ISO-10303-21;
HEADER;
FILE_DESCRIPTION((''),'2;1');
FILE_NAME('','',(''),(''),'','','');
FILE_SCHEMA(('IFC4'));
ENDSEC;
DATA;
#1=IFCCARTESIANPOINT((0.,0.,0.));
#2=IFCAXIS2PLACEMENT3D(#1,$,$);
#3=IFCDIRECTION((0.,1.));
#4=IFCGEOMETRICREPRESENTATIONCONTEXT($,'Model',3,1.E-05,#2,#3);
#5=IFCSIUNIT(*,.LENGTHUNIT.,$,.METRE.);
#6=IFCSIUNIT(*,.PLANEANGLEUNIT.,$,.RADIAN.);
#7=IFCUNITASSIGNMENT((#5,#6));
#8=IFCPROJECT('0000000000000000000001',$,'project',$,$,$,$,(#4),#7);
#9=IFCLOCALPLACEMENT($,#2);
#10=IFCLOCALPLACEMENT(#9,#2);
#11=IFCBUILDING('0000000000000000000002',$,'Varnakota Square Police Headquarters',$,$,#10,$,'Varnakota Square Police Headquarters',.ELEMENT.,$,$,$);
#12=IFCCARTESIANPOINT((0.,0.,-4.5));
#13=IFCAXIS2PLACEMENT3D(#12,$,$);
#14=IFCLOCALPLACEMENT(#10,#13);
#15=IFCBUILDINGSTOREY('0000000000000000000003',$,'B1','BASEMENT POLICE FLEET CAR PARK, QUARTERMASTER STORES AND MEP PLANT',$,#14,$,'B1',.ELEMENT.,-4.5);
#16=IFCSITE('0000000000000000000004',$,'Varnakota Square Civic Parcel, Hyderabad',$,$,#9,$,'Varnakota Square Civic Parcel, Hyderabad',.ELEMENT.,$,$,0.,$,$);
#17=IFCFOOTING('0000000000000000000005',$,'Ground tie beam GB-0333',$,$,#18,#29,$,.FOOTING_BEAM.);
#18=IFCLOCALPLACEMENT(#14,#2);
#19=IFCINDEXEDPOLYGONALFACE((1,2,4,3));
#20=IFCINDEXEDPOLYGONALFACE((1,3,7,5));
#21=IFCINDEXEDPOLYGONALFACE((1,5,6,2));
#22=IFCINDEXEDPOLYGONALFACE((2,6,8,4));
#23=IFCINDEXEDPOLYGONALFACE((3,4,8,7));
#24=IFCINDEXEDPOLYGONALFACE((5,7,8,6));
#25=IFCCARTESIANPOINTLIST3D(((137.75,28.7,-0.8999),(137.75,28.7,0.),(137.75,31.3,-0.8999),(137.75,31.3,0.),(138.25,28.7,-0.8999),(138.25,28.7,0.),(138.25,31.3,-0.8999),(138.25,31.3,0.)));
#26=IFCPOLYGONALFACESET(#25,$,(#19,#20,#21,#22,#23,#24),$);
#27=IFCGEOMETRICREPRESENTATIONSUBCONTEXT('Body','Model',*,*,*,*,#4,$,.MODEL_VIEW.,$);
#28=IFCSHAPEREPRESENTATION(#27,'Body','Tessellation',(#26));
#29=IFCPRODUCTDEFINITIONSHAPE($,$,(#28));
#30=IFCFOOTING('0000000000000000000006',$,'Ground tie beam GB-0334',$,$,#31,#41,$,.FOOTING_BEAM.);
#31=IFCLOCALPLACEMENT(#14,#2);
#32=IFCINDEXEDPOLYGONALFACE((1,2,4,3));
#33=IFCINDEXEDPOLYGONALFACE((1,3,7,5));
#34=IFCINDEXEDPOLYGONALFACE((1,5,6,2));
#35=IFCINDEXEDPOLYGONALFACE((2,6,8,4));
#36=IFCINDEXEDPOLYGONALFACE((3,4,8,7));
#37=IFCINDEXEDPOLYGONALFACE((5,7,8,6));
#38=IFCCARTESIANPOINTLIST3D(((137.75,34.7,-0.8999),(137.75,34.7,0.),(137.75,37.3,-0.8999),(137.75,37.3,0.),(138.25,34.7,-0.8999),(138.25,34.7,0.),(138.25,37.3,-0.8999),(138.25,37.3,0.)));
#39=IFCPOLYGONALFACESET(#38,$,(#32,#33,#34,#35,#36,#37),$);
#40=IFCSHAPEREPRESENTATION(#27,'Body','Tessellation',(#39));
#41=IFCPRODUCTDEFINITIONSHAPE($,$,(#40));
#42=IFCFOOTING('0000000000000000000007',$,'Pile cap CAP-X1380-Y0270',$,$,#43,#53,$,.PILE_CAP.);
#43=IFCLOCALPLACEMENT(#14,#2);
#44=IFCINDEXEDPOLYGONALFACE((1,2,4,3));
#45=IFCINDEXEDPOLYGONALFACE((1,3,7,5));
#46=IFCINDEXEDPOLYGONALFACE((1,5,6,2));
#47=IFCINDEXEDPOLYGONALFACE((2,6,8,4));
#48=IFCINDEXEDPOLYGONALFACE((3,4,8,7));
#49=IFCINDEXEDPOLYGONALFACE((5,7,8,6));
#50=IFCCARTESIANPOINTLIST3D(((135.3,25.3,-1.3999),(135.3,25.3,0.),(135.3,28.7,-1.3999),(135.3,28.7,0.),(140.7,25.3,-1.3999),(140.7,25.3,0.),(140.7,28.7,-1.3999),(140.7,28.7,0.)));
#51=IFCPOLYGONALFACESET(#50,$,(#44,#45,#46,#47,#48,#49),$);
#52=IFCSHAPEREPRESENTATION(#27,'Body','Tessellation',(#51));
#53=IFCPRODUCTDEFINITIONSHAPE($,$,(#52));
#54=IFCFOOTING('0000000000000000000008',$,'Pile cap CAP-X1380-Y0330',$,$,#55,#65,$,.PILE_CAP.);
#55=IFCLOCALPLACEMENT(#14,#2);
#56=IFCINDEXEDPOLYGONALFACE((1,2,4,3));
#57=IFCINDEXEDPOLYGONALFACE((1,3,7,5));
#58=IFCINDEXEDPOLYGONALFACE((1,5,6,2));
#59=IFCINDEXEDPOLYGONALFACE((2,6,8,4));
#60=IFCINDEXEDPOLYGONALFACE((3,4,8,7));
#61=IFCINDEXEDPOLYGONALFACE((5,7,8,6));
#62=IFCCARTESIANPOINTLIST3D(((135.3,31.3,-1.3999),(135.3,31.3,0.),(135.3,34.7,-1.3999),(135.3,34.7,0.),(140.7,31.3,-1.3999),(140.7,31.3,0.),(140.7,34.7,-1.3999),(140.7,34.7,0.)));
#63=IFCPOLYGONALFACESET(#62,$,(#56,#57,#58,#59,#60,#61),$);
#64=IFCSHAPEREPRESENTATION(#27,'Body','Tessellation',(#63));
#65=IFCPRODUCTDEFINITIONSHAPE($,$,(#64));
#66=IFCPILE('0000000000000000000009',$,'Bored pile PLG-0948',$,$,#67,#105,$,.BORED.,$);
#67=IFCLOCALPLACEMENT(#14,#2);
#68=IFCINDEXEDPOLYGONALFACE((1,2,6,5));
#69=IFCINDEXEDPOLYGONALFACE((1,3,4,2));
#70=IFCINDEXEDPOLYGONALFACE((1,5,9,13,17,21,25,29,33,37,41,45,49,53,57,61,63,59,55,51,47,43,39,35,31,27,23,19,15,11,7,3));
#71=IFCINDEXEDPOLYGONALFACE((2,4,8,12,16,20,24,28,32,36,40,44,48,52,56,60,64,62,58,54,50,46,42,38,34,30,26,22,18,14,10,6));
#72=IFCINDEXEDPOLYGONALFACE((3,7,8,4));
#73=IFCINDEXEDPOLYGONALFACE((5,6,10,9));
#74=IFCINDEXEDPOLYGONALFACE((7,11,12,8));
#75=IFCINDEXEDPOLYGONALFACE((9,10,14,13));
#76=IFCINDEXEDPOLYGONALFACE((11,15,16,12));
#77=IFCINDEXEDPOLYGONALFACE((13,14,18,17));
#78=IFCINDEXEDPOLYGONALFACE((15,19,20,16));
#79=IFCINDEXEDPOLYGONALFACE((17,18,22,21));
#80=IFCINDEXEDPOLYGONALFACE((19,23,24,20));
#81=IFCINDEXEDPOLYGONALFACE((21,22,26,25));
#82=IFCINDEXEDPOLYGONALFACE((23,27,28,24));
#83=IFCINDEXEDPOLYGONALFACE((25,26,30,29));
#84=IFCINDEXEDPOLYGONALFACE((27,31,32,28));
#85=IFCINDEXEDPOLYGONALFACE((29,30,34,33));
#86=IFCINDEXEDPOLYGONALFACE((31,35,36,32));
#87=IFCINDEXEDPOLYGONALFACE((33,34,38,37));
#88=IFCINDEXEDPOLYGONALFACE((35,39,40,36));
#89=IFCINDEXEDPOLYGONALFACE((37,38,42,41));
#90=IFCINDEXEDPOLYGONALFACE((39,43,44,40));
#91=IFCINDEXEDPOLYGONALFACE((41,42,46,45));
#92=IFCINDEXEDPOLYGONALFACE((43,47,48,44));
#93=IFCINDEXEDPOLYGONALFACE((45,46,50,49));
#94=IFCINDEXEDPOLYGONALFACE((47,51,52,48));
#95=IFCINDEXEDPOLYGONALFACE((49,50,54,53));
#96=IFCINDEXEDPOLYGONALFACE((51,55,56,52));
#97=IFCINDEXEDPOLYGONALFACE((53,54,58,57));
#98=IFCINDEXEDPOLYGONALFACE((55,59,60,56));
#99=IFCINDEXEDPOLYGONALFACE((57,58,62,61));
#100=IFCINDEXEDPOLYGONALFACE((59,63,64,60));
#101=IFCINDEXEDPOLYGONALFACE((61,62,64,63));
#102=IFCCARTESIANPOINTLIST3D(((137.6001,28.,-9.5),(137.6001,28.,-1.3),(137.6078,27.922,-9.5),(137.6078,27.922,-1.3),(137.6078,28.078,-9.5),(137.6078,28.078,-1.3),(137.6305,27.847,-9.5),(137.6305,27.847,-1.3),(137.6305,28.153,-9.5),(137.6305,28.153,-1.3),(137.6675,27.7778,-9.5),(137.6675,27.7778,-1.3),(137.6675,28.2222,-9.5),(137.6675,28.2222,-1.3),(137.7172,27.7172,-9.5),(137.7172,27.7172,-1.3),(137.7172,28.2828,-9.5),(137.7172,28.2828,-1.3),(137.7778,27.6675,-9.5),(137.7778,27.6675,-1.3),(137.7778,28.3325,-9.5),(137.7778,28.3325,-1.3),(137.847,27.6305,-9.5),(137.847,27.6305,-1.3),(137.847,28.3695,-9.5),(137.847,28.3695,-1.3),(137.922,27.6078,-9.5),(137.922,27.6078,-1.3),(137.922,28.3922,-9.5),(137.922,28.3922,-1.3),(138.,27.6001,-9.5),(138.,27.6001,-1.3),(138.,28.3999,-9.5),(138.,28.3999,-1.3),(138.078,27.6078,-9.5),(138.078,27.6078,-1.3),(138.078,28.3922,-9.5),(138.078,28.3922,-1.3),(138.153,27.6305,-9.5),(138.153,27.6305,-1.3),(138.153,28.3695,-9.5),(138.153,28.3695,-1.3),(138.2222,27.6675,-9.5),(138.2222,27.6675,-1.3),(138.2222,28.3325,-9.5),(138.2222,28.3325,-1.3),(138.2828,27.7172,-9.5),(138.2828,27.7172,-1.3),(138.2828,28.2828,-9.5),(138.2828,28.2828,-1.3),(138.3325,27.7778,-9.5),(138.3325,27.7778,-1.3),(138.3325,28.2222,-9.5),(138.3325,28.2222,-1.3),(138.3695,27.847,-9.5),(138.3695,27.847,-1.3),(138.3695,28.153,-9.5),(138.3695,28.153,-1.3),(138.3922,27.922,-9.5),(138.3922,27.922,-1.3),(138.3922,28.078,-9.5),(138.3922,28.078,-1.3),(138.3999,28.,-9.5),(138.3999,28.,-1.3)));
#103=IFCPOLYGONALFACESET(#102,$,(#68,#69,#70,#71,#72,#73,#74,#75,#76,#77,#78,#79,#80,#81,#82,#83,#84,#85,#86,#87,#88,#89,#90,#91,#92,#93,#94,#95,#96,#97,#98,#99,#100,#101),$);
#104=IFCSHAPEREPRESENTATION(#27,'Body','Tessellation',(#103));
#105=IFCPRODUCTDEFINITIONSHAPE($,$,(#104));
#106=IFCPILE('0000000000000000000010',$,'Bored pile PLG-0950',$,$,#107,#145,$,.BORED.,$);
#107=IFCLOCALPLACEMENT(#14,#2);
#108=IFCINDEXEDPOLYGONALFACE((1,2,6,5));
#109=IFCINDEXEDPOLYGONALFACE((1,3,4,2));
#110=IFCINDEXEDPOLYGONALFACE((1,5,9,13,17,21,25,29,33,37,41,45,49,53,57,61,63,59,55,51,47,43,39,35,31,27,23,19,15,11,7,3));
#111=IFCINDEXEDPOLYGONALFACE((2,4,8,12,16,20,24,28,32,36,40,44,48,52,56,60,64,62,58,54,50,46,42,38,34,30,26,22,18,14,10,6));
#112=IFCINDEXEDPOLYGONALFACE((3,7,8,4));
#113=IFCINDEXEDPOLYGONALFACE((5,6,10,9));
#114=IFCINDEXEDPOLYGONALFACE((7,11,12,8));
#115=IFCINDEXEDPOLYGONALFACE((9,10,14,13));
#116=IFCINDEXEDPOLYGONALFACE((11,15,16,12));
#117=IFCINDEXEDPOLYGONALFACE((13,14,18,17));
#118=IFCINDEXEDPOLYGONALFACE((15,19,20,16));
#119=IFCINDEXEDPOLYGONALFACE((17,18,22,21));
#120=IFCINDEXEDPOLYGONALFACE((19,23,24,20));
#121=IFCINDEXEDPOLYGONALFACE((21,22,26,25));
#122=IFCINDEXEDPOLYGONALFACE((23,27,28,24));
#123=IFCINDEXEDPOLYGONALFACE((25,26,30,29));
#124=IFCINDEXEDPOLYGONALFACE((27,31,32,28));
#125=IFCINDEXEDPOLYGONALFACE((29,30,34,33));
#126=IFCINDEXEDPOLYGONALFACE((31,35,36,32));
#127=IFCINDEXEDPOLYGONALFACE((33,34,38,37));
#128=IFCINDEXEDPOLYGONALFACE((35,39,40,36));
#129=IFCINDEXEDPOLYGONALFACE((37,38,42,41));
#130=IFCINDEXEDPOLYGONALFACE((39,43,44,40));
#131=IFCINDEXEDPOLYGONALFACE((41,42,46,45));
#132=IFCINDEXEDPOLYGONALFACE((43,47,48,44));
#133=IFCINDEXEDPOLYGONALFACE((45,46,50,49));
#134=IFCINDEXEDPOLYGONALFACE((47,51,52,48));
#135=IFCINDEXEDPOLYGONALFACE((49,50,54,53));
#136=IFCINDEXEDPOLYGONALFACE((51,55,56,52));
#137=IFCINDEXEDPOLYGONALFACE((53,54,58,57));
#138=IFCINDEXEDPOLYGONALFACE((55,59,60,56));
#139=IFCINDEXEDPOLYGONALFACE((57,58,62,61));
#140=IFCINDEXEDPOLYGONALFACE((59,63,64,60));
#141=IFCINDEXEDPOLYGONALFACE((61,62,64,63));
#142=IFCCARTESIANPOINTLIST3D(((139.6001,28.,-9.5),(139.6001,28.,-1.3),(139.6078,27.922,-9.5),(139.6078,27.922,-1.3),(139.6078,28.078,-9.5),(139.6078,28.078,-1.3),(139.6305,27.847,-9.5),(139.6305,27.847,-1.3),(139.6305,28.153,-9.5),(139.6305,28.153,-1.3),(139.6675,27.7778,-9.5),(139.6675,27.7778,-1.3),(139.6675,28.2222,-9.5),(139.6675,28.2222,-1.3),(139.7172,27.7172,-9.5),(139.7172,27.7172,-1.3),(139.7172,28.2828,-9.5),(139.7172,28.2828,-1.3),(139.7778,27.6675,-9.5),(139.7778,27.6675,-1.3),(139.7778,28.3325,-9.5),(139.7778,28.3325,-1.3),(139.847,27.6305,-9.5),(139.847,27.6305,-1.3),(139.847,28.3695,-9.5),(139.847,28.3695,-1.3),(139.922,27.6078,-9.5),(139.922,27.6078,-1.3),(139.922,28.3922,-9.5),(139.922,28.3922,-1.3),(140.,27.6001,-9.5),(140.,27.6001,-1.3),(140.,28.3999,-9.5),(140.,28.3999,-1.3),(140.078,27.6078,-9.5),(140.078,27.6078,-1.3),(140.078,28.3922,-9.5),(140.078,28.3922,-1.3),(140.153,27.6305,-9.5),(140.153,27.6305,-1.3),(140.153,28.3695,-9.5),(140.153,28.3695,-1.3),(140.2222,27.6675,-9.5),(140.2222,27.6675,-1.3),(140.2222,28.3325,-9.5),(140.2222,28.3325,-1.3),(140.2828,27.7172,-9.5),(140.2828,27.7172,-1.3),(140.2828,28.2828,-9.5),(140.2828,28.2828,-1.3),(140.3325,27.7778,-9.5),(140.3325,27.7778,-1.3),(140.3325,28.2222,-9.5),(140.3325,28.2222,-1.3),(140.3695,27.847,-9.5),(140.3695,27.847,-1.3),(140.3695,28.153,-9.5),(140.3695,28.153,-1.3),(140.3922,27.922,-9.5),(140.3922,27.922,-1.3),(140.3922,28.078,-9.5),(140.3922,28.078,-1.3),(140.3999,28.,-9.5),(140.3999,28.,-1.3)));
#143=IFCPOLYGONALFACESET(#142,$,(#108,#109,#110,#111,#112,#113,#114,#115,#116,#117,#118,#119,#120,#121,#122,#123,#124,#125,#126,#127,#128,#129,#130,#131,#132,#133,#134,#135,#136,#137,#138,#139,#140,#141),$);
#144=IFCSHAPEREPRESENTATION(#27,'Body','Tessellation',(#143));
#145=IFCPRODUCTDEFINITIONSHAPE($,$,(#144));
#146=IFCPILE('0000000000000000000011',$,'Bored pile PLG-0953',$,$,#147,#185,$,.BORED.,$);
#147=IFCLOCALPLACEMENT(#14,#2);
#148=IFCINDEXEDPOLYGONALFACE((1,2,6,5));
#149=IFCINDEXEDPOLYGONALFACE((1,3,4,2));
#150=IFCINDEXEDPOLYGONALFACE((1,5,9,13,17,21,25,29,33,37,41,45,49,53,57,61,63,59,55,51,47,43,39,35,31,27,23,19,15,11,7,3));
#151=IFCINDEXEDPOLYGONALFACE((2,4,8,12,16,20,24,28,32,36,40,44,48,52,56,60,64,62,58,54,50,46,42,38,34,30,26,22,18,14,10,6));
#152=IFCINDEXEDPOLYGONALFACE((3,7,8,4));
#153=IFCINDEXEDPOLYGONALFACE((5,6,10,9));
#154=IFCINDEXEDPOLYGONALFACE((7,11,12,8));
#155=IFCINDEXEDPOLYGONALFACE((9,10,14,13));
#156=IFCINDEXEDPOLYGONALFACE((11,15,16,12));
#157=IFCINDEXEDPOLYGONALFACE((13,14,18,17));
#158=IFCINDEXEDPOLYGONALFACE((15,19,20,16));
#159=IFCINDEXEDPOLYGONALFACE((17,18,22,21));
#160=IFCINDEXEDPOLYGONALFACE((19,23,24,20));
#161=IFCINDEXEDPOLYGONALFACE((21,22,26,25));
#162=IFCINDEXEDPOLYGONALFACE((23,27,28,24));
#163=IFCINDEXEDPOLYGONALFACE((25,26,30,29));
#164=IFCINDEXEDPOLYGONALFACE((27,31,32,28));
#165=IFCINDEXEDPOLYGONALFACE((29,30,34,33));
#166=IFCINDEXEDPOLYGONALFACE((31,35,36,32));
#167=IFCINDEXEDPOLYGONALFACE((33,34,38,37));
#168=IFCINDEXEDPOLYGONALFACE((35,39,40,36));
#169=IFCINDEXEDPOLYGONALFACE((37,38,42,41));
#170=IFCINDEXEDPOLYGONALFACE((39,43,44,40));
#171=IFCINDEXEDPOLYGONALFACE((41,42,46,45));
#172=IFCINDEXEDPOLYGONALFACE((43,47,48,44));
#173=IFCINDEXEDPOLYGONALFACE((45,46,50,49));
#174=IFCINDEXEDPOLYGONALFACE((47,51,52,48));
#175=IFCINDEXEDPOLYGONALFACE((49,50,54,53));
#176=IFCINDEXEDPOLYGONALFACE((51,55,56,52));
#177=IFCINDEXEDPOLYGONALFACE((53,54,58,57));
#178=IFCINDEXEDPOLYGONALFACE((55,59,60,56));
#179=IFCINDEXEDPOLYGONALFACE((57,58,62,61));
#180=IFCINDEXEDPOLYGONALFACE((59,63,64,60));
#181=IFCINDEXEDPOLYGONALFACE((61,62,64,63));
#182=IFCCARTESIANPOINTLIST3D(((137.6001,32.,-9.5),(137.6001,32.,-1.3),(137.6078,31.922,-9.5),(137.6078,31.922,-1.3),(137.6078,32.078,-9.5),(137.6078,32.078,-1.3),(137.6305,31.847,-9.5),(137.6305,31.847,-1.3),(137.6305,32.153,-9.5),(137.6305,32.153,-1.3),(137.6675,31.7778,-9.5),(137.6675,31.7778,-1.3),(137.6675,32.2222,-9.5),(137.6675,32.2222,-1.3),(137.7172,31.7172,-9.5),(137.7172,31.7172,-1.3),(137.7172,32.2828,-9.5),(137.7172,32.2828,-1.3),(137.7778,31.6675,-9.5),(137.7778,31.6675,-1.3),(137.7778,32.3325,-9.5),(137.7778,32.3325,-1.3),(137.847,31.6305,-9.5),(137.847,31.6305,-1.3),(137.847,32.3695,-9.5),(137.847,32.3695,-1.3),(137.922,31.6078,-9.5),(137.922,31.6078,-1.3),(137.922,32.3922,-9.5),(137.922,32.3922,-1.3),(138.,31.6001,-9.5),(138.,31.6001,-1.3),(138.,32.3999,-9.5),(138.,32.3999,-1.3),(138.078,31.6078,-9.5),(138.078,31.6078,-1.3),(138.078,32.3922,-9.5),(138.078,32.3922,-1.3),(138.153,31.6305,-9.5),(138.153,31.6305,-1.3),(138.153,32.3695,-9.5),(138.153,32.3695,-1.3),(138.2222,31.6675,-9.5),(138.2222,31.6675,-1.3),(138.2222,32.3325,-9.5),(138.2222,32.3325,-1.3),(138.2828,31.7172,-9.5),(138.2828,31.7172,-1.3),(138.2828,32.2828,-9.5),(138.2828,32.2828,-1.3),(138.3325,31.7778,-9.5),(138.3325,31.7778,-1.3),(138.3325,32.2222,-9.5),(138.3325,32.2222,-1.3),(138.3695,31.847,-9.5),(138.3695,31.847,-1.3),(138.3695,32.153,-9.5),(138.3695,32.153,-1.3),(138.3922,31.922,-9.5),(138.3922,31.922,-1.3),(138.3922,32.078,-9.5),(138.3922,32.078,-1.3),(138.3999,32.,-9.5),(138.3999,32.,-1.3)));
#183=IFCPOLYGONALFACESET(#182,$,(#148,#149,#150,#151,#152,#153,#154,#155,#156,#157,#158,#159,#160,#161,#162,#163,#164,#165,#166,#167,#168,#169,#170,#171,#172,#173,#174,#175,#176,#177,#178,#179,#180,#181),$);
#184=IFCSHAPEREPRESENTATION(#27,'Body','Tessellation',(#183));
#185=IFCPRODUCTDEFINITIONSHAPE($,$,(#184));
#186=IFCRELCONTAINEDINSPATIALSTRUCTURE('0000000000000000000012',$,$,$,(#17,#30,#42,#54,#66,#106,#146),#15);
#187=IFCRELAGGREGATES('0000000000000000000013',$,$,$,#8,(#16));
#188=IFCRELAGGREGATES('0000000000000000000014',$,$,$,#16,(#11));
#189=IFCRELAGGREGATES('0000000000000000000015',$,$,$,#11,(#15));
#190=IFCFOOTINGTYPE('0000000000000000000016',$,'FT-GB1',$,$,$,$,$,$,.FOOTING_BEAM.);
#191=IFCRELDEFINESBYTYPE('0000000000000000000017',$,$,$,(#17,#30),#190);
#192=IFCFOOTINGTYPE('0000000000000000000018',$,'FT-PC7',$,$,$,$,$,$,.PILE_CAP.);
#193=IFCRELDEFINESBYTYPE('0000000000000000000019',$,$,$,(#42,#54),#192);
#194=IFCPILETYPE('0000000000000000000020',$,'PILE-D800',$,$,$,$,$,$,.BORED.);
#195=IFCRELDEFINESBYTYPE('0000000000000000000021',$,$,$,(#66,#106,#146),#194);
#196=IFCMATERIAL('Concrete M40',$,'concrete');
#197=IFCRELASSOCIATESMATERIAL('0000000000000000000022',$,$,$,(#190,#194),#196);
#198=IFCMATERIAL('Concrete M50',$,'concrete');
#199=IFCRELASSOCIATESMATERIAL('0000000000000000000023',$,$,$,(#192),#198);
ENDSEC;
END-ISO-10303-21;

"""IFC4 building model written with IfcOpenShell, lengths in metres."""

from ifc_helpers import new_model, si_unit, direction, frame, origin, origin_2d, place, context, subcontext, project, spatial, rectangle, circle, extrude, material, material_profile, profile_set, type_object, element, save


model = new_model("IFC4")

# Units and contexts
model_context = context("Model", 3, precision=1e-05, world=origin(), true_north=direction((0.0, 1.0)))
body_context = subcontext(model_context, "Body", "Model", "MODEL_VIEW")
ifc_project = project(units=[si_unit("LENGTHUNIT", "METRE"), si_unit("PLANEANGLEUNIT", "RADIAN")], contexts=[model_context])

# Site, building, storey
site_placement = place(None, origin())
site = spatial("IfcSite", under=ifc_project, at=site_placement, Name="Varnakota Square Civic Parcel, Hyderabad", LongName="Varnakota Square Civic Parcel, Hyderabad", CompositionType="ELEMENT", RefElevation=0.0)
building_placement = place(site_placement, origin())
building = spatial("IfcBuilding", under=site, at=building_placement, Name="Varnakota Square Police Headquarters", LongName="Varnakota Square Police Headquarters", CompositionType="ELEMENT")
storey_placement = place(building_placement, frame((0.0, 0.0, -4.5)))
storey = spatial("IfcBuildingStorey", under=building, at=storey_placement, Name="B1", Description="BASEMENT POLICE FLEET CAR PARK, QUARTERMASTER STORES AND MEP PLANT", LongName="B1", CompositionType="ELEMENT", Elevation=-4.5)

# Footings
ifc_material_1 = material(Name="Concrete M40", Category="concrete")
ifc_material_profile_1 = material_profile(ifc_material_1, rectangle(XDim=0.5, YDim=0.8999, at=origin_2d()), Name="GB 500x900")
ifc_profile_set_1 = profile_set([ifc_material_profile_1], Name="Concrete M40")
footing_type_1 = type_object("IfcFootingType", Name="FT-GB1", PredefinedType="FOOTING_BEAM", material=ifc_profile_set_1)
for number, where, z_axis, x_axis, name in (
    (1, (138.0, 28.7, -0.45), (0.0, 1.0, 0.0), (-1.0, 0.0, 0.0), "Ground tie beam GB-0333"),
    (2, (138.0, 34.7, -0.45), (0.0, 1.0, 0.0), (-1.0, 0.0, 0.0), "Ground tie beam GB-0334"),
):
    element("IfcFooting", number, at=place(storey_placement, frame(where, z_axis=z_axis, x_axis=x_axis)), inside=storey, type_object=footing_type_1, Name=name, PredefinedType="FOOTING_BEAM", context=body_context, shape_type="SweptSolid", body=[
        extrude(rectangle(XDim=0.5, YDim=0.8999, at=origin_2d()), origin(), (0.0, 0.0, 1.0), 2.6001),
    ])
ifc_material_2 = material(Name="Concrete M50", Category="concrete")
footing_type_2 = type_object("IfcFootingType", Name="FT-PC7", PredefinedType="PILE_CAP", material=ifc_material_2)
for number, where, z_axis, x_axis, name in (
    (3, (138.0, 27.0, -1.3999), (0.0, 0.0, 1.0), (1.0, 0.0, 0.0), "Pile cap CAP-X1380-Y0270"),
    (4, (138.0, 33.0, -1.3999), (0.0, 0.0, 1.0), (1.0, 0.0, 0.0), "Pile cap CAP-X1380-Y0330"),
):
    element("IfcFooting", number, at=place(storey_placement, frame(where, z_axis=z_axis, x_axis=x_axis)), inside=storey, type_object=footing_type_2, Name=name, PredefinedType="PILE_CAP", context=body_context, shape_type="SweptSolid", body=[
        extrude(rectangle(XDim=5.3999, YDim=3.3999, at=origin_2d()), origin(), (0.0, 0.0, 1.0), 1.3999),
    ])

# Piles
ifc_material_profile_2 = material_profile(ifc_material_1, circle(Radius=0.3999, at=origin_2d()), Name="BORED PILE 800")
ifc_profile_set_2 = profile_set([ifc_material_profile_2], Name="Concrete M40")
pile_type = type_object("IfcPileType", Name="PILE-D800", PredefinedType="BORED", material=ifc_profile_set_2)
for number, where, z_axis, x_axis, name in (
    (5, (138.0, 28.0, -1.3), (0.0, 0.0, -1.0), (1.0, 0.0, 0.0), "Bored pile PLG-0948"),
    (6, (140.0, 28.0, -1.3), (0.0, 0.0, -1.0), (1.0, 0.0, 0.0), "Bored pile PLG-0950"),
    (7, (138.0, 32.0, -1.3), (0.0, 0.0, -1.0), (1.0, 0.0, 0.0), "Bored pile PLG-0953"),
):
    element("IfcPile", number, at=place(storey_placement, frame(where, z_axis=z_axis, x_axis=x_axis)), inside=storey, type_object=pile_type, Name=name, PredefinedType="BORED", context=body_context, shape_type="SweptSolid", body=[
        extrude(circle(Radius=0.3999, at=origin_2d()), origin(), (0.0, 0.0, 1.0), 8.2),
    ])

save(model, "model.ifc")
